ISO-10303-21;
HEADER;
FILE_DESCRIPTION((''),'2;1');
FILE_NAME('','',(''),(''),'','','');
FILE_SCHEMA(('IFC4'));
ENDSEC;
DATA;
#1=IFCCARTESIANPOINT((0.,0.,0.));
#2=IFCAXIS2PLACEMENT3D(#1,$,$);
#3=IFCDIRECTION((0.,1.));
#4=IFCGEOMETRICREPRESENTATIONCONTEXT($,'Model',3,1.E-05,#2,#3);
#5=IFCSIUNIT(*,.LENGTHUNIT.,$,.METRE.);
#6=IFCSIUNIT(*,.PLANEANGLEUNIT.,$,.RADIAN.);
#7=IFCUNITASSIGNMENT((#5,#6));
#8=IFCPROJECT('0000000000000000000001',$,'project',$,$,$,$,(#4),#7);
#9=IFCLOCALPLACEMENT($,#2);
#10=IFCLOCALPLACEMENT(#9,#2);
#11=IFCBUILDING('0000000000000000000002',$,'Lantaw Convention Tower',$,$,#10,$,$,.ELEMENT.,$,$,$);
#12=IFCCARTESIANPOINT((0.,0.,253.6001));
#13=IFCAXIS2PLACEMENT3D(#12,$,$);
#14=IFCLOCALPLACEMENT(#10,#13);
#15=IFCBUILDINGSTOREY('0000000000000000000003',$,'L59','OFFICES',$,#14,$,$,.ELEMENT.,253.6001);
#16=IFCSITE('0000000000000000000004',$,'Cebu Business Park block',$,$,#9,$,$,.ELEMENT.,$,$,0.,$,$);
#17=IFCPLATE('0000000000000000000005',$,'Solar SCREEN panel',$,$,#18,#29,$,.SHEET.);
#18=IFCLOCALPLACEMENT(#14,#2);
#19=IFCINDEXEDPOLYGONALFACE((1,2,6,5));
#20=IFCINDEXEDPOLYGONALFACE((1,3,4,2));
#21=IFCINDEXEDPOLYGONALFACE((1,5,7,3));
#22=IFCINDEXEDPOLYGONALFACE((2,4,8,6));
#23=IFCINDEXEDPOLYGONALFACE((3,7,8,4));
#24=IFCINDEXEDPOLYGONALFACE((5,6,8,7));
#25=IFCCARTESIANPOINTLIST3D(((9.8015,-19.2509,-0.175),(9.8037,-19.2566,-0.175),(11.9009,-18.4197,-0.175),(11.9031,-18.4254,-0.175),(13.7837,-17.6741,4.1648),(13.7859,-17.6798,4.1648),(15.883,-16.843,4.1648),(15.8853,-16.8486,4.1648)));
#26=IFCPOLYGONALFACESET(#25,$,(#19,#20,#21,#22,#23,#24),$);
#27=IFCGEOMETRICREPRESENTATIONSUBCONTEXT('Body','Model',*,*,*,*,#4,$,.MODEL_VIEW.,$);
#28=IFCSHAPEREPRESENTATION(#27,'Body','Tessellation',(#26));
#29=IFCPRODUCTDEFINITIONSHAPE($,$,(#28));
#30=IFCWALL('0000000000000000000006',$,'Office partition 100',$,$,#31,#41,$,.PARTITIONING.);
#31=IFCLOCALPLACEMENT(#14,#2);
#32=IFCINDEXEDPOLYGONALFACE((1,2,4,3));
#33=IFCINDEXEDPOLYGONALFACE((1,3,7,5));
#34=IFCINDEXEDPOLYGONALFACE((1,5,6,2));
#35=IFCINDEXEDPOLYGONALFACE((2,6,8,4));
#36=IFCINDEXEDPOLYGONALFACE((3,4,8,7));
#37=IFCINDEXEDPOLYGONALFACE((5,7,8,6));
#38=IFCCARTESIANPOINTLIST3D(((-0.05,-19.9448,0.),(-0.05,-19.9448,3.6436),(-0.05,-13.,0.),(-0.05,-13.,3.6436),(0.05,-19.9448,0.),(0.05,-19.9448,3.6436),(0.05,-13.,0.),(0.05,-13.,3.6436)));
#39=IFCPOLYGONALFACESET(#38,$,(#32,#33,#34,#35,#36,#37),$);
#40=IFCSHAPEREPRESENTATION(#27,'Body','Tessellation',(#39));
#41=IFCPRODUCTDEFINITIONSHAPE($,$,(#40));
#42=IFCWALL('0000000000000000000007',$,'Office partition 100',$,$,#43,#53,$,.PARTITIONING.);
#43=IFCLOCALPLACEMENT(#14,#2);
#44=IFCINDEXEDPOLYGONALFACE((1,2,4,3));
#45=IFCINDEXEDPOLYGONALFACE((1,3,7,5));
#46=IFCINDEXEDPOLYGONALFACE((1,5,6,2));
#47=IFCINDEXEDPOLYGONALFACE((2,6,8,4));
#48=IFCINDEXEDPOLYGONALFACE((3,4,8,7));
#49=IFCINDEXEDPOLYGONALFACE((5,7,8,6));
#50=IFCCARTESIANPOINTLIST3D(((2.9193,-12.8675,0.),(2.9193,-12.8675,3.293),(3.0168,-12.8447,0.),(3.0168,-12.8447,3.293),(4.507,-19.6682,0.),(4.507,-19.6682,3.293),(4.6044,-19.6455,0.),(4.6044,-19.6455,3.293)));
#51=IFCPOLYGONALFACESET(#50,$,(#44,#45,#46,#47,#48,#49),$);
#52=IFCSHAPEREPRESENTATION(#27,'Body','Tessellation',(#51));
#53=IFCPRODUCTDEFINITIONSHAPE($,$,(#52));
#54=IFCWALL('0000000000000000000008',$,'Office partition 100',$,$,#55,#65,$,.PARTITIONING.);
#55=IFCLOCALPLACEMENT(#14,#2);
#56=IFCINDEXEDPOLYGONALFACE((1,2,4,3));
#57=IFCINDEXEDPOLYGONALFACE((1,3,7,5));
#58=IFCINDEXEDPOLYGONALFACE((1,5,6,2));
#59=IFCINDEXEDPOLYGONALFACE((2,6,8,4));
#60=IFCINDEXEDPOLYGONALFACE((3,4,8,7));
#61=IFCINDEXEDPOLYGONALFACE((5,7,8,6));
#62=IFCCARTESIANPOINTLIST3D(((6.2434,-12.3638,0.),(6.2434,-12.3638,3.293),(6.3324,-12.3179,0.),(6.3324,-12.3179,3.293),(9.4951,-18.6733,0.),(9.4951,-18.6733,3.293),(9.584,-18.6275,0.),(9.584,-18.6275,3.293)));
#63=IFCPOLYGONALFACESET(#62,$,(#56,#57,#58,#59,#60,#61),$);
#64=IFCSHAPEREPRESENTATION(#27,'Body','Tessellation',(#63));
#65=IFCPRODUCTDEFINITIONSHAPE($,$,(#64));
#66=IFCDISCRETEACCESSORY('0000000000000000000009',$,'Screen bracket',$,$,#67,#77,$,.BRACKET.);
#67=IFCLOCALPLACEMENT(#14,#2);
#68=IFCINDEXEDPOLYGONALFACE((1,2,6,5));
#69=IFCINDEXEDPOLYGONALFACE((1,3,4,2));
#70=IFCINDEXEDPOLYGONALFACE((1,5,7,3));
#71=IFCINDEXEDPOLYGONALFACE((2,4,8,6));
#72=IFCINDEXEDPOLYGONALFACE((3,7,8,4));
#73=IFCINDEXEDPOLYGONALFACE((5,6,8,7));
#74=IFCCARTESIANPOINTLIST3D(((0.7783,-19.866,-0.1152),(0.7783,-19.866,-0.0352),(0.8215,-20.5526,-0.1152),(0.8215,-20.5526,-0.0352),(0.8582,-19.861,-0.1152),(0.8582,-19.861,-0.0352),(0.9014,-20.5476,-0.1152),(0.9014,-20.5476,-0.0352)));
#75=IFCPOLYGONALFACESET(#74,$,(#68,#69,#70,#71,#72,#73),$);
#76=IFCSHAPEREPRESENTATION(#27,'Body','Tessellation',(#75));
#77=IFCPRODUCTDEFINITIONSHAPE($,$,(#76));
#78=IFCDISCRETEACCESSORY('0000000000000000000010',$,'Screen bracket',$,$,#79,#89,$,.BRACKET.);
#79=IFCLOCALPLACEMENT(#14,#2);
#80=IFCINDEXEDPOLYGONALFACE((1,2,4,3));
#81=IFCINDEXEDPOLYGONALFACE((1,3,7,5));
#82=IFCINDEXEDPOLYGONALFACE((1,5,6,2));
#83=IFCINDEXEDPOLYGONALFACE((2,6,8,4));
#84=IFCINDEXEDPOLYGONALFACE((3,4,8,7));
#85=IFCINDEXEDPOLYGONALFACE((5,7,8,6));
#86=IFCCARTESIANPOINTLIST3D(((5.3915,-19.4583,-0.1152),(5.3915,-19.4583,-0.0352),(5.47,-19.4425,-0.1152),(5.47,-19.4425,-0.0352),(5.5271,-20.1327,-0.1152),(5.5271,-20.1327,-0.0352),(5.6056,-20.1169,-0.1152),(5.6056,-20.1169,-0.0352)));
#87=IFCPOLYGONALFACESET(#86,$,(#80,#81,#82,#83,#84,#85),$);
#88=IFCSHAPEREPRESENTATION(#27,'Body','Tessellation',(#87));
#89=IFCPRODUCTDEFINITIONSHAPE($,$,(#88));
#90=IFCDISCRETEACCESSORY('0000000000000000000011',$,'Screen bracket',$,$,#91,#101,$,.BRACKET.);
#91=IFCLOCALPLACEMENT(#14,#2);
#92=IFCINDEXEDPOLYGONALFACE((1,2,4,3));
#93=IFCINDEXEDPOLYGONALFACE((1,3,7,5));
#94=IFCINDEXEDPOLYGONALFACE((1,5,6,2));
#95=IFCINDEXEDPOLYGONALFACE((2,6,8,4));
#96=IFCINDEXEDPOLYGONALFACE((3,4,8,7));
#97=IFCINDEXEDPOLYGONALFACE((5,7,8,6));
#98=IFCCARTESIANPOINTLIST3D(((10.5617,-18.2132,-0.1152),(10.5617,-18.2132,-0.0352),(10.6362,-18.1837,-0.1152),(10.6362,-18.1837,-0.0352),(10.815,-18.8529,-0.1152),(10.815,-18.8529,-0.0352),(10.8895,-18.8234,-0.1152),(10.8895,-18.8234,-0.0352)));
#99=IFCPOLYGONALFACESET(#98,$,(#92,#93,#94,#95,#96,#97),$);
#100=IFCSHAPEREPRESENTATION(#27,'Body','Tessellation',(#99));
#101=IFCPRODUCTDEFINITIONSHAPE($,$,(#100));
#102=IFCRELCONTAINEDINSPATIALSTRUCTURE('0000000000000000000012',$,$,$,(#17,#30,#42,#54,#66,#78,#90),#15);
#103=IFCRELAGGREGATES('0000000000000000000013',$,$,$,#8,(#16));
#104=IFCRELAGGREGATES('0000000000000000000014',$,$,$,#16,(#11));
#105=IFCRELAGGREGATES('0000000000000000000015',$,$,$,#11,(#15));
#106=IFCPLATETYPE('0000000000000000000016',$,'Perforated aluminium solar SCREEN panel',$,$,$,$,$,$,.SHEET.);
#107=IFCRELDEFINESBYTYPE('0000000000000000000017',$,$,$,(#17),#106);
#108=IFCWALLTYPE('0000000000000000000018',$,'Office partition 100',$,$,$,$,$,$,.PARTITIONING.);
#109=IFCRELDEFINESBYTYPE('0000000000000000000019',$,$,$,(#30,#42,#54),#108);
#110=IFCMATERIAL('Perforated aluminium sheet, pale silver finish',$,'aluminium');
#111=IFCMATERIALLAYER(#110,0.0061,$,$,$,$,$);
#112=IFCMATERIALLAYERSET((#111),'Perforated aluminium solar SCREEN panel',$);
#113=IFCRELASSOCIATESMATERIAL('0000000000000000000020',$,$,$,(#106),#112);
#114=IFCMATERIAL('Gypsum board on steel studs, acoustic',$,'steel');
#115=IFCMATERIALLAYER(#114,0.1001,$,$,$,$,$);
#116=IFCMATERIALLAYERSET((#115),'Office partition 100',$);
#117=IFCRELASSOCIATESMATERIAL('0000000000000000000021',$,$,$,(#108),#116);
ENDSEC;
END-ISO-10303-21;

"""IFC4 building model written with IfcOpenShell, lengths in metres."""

from ifc_helpers import new_model, si_unit, direction, frame, frame_2d, origin, origin_2d, place, context, subcontext, project, spatial, polyline, rectangle, outline, extrude, material, layer, layer_set, type_object, element, save


model = new_model("IFC4")

# Units and contexts
model_context = context("Model", 3, precision=1e-05, world=origin(), true_north=direction((0.0, 1.0)))
body_context = subcontext(model_context, "Body", "Model", "MODEL_VIEW")
ifc_project = project(units=[si_unit("LENGTHUNIT", "METRE"), si_unit("PLANEANGLEUNIT", "RADIAN")], contexts=[model_context])

# Site, building, storey
site_placement = place(None, origin())
site = spatial("IfcSite", under=ifc_project, at=site_placement, Name="Cebu Business Park block", CompositionType="ELEMENT", RefElevation=0.0)
building_placement = place(site_placement, origin())
building = spatial("IfcBuilding", under=site, at=building_placement, Name="Lantaw Convention Tower", CompositionType="ELEMENT")
storey_placement = place(building_placement, frame((0.0, 0.0, 253.6001)))
storey = spatial("IfcBuildingStorey", under=building, at=storey_placement, Name="L59", Description="OFFICES", CompositionType="ELEMENT", Elevation=253.6001)

# Plate
ifc_material_1 = material(Name="Perforated aluminium sheet, pale silver finish", Category="aluminium")
ifc_layer_1 = layer(ifc_material_1, 0.0061)
ifc_layer_set_1 = layer_set([ifc_layer_1], Name="Perforated aluminium solar SCREEN panel")
plate_type_1 = type_object("IfcPlateType", Name="Perforated aluminium solar SCREEN panel", PredefinedType="SHEET", material=ifc_layer_set_1)
plate_1_placement = place(storey_placement, frame((9.8037, -19.2566, -0.175), z_axis=(0.368117, -0.92978, 0.000036), x_axis=(0.92978, 0.368117, 0.0)))
element("IfcPlate", 1, at=plate_1_placement, inside=storey, type_object=plate_type_1, Name="Solar SCREEN panel", PredefinedType="SHEET", context=body_context, shape_type="SweptSolid", body=[
    extrude(outline(polyline([(0.0, 0.0), (2.258, 0.0), (6.5409, 4.3398), (4.283, 4.3398), (0.0, 0.0)])), origin(), (0.0, 0.0, -1.0), 0.0061),
])

# Walls
ifc_material_2 = material(Name="Gypsum board on steel studs, acoustic", Category="steel")
ifc_layer_2 = layer(ifc_material_2, 0.1001)
ifc_layer_set_2 = layer_set([ifc_layer_2], Name="Office partition 100")
wall_type = type_object("IfcWallType", Name="Office partition 100", PredefinedType="PARTITIONING", material=ifc_layer_set_2)
wall_1_placement = place(storey_placement, frame((0.0, -19.9448, 0.0), z_axis=(0.0, 0.0, 1.0), x_axis=(0.0, 1.0, 0.0)))
element("IfcWall", 2, at=wall_1_placement, inside=storey, type_object=wall_type, Name="Office partition 100", PredefinedType="PARTITIONING", context=body_context, shape_type="SweptSolid", body=[
    extrude(rectangle(XDim=6.9448, YDim=0.1001, at=frame_2d((3.4724, 0.0))), origin(), (0.0, 0.0, 1.0), 3.6436),
])
wall_2_placement = place(storey_placement, frame((4.5557, -19.6567, 0.0), z_axis=(0.0, 0.0, 1.0), x_axis=(-0.227338, 0.973816, 0.0)))
element("IfcWall", 3, at=wall_2_placement, inside=storey, type_object=wall_type, Name="Office partition 100", PredefinedType="PARTITIONING", context=body_context, shape_type="SweptSolid", body=[
    extrude(rectangle(XDim=6.9836, YDim=0.1001, at=frame_2d((3.4917, 0.0))), origin(), (0.0, 0.0, 1.0), 3.293),
])
wall_3_placement = place(storey_placement, frame((9.5396, -18.6504, 0.0), z_axis=(0.0, 0.0, 1.0), x_axis=(-0.458104, 0.888899, 0.0)))
element("IfcWall", 4, at=wall_3_placement, inside=storey, type_object=wall_type, Name="Office partition 100", PredefinedType="PARTITIONING", context=body_context, shape_type="SweptSolid", body=[
    extrude(rectangle(XDim=7.0981, YDim=0.1001, at=frame_2d((3.5491, 0.0))), origin(), (0.0, 0.0, 1.0), 3.293),
])

# Discrete accessories
for number, where, z_axis, x_axis, name in (
    (5, (0.8398, -20.2068, -0.1152), (0.0, 0.0, 1.0), (0.998029, 0.062758, 0.0), "Screen bracket"),
    (6, (5.4985, -19.7876, -0.1152), (0.0, 0.0, 1.0), (0.980367, 0.197183, 0.0), "Screen bracket"),
    (7, (10.7256, -18.5183, -0.1152), (0.0, 0.0, 1.0), (0.929762, 0.368162, 0.0), "Screen bracket"),
):
    element("IfcDiscreteAccessory", number, at=place(storey_placement, frame(where, z_axis=z_axis, x_axis=x_axis)), inside=storey, Name=name, PredefinedType="BRACKET", context=body_context, shape_type="SweptSolid", body=[
        extrude(rectangle(XDim=0.0801, YDim=0.688, at=origin_2d()), origin(), (0.0, 0.0, 1.0), 0.0801),
    ])

save(model, "model.ifc")
